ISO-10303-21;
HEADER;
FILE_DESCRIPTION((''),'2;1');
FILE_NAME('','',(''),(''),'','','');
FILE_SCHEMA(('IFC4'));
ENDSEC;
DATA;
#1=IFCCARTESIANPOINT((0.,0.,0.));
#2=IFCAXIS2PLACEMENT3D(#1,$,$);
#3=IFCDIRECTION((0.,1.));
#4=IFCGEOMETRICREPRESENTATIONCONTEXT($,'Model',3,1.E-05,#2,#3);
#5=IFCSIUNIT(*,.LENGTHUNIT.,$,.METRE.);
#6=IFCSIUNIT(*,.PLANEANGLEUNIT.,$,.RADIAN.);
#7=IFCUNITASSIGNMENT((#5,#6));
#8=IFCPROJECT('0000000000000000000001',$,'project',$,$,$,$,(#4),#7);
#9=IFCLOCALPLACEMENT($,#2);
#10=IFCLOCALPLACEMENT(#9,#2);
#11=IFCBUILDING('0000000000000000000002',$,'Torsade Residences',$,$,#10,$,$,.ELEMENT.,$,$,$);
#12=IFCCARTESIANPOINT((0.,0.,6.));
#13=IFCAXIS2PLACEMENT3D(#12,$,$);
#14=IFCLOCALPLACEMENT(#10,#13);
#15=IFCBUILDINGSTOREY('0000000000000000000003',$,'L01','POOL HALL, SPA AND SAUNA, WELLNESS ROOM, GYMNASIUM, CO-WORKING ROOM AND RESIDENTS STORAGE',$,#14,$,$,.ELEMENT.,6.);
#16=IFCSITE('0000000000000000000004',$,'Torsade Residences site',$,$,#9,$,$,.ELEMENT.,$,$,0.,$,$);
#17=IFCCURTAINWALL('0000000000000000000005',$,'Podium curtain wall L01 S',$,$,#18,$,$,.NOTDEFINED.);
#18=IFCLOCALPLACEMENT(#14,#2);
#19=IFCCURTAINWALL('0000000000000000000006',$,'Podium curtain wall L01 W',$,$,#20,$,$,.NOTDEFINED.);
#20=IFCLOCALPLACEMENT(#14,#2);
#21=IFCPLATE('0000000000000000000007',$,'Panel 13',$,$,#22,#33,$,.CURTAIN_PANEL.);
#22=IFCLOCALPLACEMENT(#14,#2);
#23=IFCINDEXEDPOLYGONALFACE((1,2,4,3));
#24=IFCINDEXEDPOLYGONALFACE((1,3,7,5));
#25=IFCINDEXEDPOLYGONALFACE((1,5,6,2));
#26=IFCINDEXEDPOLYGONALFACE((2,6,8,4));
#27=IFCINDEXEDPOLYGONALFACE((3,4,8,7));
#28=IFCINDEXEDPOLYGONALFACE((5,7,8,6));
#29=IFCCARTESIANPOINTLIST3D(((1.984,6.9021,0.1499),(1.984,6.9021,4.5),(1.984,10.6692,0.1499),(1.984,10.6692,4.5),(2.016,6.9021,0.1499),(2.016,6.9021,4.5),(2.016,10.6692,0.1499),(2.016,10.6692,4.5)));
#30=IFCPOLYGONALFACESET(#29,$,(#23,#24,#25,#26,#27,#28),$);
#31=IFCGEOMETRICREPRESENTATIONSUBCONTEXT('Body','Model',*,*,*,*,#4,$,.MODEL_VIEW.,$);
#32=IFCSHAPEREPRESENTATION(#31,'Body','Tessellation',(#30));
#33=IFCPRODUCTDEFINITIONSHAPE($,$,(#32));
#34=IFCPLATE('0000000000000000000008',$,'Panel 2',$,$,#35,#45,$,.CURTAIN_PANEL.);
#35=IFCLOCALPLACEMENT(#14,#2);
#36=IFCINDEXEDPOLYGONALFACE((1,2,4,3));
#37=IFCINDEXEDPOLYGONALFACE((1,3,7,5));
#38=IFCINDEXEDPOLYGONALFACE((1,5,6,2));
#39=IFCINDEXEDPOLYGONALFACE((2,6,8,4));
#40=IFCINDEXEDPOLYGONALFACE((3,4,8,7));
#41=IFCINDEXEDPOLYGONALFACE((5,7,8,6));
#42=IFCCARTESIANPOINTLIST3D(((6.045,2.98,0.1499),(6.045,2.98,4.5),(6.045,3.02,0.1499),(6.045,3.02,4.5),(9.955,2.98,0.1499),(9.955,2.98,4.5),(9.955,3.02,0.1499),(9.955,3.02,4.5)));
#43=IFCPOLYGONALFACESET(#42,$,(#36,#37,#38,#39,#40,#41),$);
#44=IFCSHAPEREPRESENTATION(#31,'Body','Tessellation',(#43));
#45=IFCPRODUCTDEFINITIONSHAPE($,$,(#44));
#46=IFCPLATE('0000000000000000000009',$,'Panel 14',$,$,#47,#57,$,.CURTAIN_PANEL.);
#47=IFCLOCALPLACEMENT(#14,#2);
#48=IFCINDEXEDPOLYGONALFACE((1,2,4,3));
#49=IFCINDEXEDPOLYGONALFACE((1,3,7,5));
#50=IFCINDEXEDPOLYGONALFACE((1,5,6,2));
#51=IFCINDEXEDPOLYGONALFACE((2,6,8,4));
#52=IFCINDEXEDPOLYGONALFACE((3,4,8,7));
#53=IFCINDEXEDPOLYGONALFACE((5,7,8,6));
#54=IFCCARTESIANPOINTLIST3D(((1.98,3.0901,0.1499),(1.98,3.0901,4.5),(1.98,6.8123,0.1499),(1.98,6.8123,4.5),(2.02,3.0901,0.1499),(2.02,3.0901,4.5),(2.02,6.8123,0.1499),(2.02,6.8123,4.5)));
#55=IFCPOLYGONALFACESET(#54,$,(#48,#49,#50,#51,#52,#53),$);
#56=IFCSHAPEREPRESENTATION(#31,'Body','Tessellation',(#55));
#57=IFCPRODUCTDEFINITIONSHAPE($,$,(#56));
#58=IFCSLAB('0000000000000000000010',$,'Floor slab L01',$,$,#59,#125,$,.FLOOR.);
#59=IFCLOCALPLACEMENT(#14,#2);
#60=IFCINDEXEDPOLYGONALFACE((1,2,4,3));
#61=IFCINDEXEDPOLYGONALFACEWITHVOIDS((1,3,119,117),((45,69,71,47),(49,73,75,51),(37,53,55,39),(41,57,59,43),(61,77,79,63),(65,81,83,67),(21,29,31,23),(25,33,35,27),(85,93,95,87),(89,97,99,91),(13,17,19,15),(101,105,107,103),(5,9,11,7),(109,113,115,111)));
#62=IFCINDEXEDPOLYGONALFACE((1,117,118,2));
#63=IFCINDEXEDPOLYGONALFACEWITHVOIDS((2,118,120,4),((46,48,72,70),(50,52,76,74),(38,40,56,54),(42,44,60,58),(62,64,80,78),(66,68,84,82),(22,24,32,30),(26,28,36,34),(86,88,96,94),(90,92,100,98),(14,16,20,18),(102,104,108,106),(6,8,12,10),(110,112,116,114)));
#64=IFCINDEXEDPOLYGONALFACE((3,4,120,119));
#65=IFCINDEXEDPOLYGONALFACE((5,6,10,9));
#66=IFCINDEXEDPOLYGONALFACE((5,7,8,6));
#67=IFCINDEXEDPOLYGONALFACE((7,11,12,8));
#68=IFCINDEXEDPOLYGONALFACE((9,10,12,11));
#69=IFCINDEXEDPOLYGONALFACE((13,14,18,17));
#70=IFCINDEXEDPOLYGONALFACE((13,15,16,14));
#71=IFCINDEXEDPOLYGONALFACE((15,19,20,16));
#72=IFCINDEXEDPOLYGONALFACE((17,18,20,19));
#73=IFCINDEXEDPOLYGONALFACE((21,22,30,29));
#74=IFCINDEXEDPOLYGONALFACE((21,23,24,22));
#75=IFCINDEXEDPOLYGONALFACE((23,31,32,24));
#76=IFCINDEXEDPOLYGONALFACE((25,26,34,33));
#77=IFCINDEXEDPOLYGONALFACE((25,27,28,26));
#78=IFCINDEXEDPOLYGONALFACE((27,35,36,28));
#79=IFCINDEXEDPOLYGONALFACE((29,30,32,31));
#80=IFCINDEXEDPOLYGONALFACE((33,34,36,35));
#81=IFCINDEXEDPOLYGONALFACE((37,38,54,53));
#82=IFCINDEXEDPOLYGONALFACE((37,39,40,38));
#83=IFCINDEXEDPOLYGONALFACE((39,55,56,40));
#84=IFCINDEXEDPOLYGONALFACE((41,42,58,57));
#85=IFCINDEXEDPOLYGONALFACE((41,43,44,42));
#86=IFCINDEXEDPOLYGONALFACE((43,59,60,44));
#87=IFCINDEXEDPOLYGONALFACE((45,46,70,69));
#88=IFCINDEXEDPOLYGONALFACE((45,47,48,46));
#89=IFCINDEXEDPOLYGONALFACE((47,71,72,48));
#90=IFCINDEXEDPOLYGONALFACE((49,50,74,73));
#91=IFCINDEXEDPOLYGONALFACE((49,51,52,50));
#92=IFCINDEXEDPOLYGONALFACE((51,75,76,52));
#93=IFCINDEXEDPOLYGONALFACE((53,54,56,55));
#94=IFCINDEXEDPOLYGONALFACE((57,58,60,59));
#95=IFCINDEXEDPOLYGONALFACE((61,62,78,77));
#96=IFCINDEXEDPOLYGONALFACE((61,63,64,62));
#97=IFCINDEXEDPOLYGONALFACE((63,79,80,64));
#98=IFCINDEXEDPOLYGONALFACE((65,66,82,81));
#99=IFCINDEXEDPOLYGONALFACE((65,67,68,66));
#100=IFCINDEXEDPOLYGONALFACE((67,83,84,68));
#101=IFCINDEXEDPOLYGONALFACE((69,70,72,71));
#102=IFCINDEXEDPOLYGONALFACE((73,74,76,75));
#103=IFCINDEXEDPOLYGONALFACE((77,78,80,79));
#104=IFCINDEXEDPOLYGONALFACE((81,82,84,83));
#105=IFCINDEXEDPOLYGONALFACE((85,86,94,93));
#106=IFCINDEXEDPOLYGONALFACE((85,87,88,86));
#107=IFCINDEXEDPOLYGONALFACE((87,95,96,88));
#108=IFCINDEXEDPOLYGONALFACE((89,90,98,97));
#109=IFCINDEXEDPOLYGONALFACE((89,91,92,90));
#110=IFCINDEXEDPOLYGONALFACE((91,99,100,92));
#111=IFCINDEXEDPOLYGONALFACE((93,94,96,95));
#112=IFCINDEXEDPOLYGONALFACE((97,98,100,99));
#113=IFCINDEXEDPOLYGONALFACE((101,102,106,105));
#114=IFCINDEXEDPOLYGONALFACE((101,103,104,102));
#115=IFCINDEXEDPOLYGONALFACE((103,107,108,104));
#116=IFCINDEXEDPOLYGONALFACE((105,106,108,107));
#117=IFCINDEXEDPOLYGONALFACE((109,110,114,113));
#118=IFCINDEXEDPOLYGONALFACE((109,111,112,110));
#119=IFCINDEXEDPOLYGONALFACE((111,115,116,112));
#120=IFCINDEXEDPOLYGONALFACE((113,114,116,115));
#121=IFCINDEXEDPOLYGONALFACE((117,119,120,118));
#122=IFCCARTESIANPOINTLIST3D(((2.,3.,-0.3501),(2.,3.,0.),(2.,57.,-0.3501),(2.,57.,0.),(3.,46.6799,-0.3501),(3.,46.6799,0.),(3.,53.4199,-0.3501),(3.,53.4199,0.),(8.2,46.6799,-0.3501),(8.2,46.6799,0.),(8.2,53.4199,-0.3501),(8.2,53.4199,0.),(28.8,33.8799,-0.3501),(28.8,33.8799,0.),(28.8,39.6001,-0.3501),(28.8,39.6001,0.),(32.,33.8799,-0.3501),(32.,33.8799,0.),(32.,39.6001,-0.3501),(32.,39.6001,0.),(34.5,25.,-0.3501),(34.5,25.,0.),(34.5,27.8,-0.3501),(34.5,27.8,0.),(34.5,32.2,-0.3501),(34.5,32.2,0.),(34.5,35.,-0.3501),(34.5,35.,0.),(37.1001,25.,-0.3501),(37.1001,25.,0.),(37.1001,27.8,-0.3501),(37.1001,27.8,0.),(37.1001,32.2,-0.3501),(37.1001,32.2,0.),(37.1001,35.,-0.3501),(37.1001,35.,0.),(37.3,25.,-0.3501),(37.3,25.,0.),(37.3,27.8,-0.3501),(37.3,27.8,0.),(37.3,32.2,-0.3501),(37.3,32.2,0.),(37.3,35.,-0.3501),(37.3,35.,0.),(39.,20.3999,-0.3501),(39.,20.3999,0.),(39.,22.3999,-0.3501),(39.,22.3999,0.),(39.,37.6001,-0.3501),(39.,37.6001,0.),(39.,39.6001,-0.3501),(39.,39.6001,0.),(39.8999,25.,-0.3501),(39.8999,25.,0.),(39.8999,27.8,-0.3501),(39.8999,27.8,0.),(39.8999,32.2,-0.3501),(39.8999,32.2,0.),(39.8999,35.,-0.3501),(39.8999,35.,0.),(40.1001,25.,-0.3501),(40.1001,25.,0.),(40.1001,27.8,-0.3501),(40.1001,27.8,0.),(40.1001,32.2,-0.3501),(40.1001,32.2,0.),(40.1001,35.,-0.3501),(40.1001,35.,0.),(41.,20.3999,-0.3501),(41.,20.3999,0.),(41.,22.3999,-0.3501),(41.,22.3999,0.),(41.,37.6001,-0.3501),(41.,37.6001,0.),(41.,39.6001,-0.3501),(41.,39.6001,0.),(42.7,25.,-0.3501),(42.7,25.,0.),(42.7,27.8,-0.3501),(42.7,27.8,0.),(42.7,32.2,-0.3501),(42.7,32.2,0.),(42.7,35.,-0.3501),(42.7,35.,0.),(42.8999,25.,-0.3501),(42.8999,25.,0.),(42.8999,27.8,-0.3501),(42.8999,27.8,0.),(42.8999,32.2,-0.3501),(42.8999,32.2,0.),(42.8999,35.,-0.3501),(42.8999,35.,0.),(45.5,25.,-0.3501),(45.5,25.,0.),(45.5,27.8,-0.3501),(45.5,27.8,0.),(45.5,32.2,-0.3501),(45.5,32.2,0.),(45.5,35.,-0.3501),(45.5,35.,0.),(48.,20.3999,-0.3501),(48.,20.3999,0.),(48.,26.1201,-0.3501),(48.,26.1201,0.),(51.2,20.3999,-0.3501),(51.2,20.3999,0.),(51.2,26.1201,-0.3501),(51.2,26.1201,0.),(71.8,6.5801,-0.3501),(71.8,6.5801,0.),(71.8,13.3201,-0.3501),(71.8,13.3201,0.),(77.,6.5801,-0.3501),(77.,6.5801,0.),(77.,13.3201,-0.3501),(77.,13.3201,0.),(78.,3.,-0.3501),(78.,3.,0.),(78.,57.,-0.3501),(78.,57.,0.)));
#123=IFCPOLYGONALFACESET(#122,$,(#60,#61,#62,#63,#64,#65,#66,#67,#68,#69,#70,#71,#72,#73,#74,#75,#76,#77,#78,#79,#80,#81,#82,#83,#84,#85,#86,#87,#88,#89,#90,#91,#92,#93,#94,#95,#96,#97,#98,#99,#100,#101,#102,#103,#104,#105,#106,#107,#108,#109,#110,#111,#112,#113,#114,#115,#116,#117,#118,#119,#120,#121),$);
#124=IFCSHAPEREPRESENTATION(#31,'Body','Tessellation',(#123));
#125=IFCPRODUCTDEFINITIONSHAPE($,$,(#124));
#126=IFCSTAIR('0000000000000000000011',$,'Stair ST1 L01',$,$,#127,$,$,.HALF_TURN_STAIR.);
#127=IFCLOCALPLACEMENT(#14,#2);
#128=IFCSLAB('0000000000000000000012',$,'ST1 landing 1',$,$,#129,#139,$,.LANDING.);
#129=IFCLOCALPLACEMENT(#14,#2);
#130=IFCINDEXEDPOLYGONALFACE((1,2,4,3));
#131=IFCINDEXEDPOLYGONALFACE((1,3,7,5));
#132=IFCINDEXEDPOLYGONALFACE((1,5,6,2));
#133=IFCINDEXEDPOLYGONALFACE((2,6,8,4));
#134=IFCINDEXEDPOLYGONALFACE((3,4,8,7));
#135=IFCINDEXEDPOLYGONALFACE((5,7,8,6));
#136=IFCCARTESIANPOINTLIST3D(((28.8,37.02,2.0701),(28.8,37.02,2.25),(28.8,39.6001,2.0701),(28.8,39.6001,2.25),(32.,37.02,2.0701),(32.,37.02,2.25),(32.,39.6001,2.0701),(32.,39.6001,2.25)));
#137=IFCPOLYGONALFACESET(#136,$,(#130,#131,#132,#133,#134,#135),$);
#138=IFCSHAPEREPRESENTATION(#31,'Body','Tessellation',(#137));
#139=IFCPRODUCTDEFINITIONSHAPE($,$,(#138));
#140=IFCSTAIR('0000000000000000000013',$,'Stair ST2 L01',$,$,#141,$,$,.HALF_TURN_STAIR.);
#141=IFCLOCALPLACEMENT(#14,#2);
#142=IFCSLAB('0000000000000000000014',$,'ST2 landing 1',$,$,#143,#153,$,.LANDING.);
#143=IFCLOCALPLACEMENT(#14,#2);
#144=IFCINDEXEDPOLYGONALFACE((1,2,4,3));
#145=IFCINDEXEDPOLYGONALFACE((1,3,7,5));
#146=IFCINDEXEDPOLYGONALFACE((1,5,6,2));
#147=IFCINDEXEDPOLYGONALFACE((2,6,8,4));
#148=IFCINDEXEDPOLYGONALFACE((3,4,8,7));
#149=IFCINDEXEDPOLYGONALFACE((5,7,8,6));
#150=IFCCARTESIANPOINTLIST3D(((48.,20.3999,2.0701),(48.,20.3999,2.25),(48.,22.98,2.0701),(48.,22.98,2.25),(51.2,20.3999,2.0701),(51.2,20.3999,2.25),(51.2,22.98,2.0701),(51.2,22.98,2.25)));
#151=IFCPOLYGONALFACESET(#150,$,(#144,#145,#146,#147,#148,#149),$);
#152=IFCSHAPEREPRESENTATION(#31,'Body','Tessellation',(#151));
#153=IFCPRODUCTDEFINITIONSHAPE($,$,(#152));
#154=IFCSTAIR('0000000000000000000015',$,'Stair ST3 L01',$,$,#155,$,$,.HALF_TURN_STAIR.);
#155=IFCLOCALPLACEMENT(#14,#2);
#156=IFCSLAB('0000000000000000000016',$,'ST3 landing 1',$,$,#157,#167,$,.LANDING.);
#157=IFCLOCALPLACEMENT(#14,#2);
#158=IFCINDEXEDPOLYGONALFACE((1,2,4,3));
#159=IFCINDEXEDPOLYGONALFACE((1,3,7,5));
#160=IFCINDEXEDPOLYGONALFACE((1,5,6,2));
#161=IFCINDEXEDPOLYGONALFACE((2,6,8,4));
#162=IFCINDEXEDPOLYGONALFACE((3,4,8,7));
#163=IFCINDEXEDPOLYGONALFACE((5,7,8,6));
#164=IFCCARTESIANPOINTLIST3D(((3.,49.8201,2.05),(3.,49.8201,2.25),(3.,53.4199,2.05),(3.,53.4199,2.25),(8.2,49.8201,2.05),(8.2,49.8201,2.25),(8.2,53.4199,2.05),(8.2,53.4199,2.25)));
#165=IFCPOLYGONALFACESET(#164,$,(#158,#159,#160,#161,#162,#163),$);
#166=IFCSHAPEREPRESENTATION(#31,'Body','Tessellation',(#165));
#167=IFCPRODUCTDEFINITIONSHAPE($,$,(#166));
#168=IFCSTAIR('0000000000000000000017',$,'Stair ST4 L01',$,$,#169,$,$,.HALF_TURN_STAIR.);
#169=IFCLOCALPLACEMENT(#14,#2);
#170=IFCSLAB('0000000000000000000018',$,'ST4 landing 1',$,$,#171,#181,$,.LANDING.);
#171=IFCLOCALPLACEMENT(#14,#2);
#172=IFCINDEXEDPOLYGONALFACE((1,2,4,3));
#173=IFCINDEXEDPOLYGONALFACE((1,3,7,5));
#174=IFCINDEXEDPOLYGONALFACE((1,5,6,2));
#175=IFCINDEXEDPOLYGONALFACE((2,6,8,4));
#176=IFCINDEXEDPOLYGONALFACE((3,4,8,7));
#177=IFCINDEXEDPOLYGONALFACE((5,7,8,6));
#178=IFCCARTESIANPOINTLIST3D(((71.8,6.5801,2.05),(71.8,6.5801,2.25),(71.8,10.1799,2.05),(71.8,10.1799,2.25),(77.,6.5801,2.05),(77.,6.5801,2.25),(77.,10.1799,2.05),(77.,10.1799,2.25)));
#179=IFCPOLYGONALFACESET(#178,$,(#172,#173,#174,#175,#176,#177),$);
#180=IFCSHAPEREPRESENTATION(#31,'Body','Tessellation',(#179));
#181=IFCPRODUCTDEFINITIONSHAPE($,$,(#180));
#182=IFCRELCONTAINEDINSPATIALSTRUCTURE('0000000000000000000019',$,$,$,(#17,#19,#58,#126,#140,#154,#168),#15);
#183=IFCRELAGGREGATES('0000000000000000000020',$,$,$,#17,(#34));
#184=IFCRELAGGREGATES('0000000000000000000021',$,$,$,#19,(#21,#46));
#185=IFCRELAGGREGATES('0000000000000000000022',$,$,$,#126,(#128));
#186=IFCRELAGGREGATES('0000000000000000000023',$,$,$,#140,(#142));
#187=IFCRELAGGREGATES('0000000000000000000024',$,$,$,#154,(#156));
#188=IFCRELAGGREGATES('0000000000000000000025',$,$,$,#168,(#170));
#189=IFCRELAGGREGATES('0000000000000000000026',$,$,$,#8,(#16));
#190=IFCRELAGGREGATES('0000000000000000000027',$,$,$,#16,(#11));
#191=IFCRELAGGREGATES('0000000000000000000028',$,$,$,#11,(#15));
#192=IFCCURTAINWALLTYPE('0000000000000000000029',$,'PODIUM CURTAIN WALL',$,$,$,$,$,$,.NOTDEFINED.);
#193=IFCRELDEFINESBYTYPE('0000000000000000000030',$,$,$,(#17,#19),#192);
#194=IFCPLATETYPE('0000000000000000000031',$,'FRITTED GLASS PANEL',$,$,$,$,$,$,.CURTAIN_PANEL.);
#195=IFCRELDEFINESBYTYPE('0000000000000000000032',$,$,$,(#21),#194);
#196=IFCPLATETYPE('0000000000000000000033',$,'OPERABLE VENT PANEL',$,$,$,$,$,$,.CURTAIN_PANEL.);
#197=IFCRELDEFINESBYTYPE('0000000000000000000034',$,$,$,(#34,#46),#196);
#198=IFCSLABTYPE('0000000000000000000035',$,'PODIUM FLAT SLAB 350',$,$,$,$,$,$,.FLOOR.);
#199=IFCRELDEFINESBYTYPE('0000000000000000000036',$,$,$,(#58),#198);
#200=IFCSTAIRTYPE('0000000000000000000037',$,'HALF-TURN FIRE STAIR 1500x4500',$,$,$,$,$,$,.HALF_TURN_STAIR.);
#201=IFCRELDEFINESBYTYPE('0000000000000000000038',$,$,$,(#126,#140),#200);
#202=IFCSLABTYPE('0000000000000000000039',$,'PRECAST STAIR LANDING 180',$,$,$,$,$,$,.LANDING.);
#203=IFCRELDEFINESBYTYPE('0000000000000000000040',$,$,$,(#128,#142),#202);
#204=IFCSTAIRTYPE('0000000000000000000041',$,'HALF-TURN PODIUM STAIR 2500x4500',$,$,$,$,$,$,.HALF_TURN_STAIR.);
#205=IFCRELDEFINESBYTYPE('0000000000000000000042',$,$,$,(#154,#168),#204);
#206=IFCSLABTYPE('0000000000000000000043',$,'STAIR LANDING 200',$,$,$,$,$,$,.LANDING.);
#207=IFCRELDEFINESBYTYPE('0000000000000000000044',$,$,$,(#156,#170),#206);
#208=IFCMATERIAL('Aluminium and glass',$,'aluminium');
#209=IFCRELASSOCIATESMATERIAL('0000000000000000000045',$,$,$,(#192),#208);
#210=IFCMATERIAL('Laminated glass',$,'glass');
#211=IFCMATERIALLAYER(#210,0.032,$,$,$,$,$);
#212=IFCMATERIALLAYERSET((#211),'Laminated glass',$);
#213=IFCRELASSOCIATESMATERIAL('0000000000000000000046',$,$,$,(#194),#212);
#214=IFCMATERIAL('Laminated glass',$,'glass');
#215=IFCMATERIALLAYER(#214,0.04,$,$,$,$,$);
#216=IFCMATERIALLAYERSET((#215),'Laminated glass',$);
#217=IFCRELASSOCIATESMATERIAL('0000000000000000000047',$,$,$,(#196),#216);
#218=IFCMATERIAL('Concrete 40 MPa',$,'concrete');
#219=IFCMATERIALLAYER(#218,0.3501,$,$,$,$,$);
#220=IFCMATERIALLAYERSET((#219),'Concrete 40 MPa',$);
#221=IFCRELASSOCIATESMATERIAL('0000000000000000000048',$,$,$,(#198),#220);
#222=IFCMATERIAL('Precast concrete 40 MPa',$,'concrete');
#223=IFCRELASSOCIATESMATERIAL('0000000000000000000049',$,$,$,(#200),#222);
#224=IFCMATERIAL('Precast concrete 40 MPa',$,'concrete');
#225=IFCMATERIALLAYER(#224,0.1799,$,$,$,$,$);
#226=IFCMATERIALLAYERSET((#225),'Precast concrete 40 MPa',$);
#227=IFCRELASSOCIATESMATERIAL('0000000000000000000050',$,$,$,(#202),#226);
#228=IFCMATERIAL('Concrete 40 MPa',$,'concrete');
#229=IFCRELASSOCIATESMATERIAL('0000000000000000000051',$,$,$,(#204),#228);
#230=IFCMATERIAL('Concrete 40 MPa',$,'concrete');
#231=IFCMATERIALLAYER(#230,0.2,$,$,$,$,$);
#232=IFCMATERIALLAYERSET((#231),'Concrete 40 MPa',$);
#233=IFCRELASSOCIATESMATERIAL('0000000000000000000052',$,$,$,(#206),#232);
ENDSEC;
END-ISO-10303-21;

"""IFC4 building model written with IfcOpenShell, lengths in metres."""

from ifc_helpers import new_model, si_unit, direction, frame, origin, origin_2d, place, context, subcontext, project, spatial, polyline, rectangle, outline, extrude, material, layer, layer_set, type_object, element, aggregate, save


model = new_model("IFC4")

# Units and contexts
model_context = context("Model", 3, precision=1e-05, world=origin(), true_north=direction((0.0, 1.0)))
body_context = subcontext(model_context, "Body", "Model", "MODEL_VIEW")
ifc_project = project(units=[si_unit("LENGTHUNIT", "METRE"), si_unit("PLANEANGLEUNIT", "RADIAN")], contexts=[model_context])

# Site, building, storey
site_placement = place(None, origin())
site = spatial("IfcSite", under=ifc_project, at=site_placement, Name="Torsade Residences site", CompositionType="ELEMENT", RefElevation=0.0)
building_placement = place(site_placement, origin())
building = spatial("IfcBuilding", under=site, at=building_placement, Name="Torsade Residences", CompositionType="ELEMENT")
storey_placement = place(building_placement, frame((0.0, 0.0, 6.0)))
storey = spatial("IfcBuildingStorey", under=building, at=storey_placement, Name="L01", Description="POOL HALL, SPA AND SAUNA, WELLNESS ROOM, GYMNASIUM, CO-WORKING ROOM AND RESIDENTS STORAGE", CompositionType="ELEMENT", Elevation=6.0)

# Curtain walls
ifc_material_1 = material(Name="Aluminium and glass", Category="aluminium")
curtain_wall_type = type_object("IfcCurtainWallType", Name="PODIUM CURTAIN WALL", PredefinedType="NOTDEFINED", material=ifc_material_1)
curtain_wall_1_placement = place(storey_placement, origin())
curtain_wall_1 = element("IfcCurtainWall", 1, at=curtain_wall_1_placement, inside=storey, type_object=curtain_wall_type, Name="Podium curtain wall L01 S", PredefinedType="NOTDEFINED")
curtain_wall_2_placement = place(storey_placement, origin())
curtain_wall_2 = element("IfcCurtainWall", 2, at=curtain_wall_2_placement, inside=storey, type_object=curtain_wall_type, Name="Podium curtain wall L01 W", PredefinedType="NOTDEFINED")

# Plates
ifc_material_2 = material(Name="Laminated glass", Category="glass")
ifc_layer_1 = layer(ifc_material_2, 0.032)
ifc_layer_set_1 = layer_set([ifc_layer_1], Name="Laminated glass")
plate_type_1 = type_object("IfcPlateType", Name="FRITTED GLASS PANEL", PredefinedType="CURTAIN_PANEL", material=ifc_layer_set_1)
plate_1_placement = place(storey_placement, frame((2.0, 8.7856, 0.1499), z_axis=(0.0, 0.0, 1.0), x_axis=(0.0, -1.0, 0.0)))
plate_1 = element("IfcPlate", 3, at=plate_1_placement, type_object=plate_type_1, Name="Panel 13", PredefinedType="CURTAIN_PANEL", context=body_context, shape_type="SweptSolid", body=[
    extrude(rectangle(XDim=3.7671, YDim=0.032, at=origin_2d()), origin(), (0.0, 0.0, 1.0), 4.3501),
])
ifc_material_3 = material(Name="Laminated glass", Category="glass")
ifc_layer_2 = layer(ifc_material_3, 0.04)
ifc_layer_set_2 = layer_set([ifc_layer_2], Name="Laminated glass")
plate_type_2 = type_object("IfcPlateType", Name="OPERABLE VENT PANEL", PredefinedType="CURTAIN_PANEL", material=ifc_layer_set_2)
plate_2_placement = place(storey_placement, frame((8.0, 3.0, 0.1499), z_axis=(0.0, 0.0, 1.0), x_axis=(1.0, 0.0, 0.0)))
plate_2 = element("IfcPlate", 4, at=plate_2_placement, type_object=plate_type_2, Name="Panel 2", PredefinedType="CURTAIN_PANEL", context=body_context, shape_type="SweptSolid", body=[
    extrude(rectangle(XDim=3.9099, YDim=0.04, at=origin_2d()), origin(), (0.0, 0.0, 1.0), 4.3501),
])
aggregate(curtain_wall_1, [plate_2])
plate_3_placement = place(storey_placement, frame((2.0, 4.9512, 0.1499), z_axis=(0.0, 0.0, 1.0), x_axis=(0.0, -1.0, 0.0)))
plate_3 = element("IfcPlate", 5, at=plate_3_placement, type_object=plate_type_2, Name="Panel 14", PredefinedType="CURTAIN_PANEL", context=body_context, shape_type="SweptSolid", body=[
    extrude(rectangle(XDim=3.7222, YDim=0.04, at=origin_2d()), origin(), (0.0, 0.0, 1.0), 4.3501),
])
aggregate(curtain_wall_2, [plate_1, plate_3])

# Slab
ifc_material_4 = material(Name="Concrete 40 MPa", Category="concrete")
ifc_layer_3 = layer(ifc_material_4, 0.3501)
ifc_layer_set_3 = layer_set([ifc_layer_3], Name="Concrete 40 MPa")
slab_type_1 = type_object("IfcSlabType", Name="PODIUM FLAT SLAB 350", PredefinedType="FLOOR", material=ifc_layer_set_3)
slab_1_placement = place(storey_placement, frame((0.0, 0.0, -0.3501)))
element("IfcSlab", 6, at=slab_1_placement, inside=storey, type_object=slab_type_1, Name="Floor slab L01", PredefinedType="FLOOR", context=body_context, shape_type="SweptSolid", body=[
    extrude(outline(polyline([(78.0, 3.0), (78.0, 57.0), (2.0, 57.0), (2.0, 3.0), (78.0, 3.0)]), holes=[polyline([(28.8, 33.8799), (32.0, 33.8799), (32.0, 39.6001), (28.8, 39.6001), (28.8, 33.8799)]), polyline([(48.0, 20.3999), (51.2, 20.3999), (51.2, 26.1201), (48.0, 26.1201), (48.0, 20.3999)]), polyline([(3.0, 46.6799), (8.2, 46.6799), (8.2, 53.4199), (3.0, 53.4199), (3.0, 46.6799)]), polyline([(71.8, 6.5801), (77.0, 6.5801), (77.0, 13.3201), (71.8, 13.3201), (71.8, 6.5801)]), polyline([(34.5, 32.2), (37.1001, 32.2), (37.1001, 35.0), (34.5, 35.0), (34.5, 32.2)]), polyline([(42.8999, 25.0), (45.5, 25.0), (45.5, 27.8), (42.8999, 27.8), (42.8999, 25.0)]), polyline([(37.3, 32.2), (39.8999, 32.2), (39.8999, 35.0), (37.3, 35.0), (37.3, 32.2)]), polyline([(40.1001, 25.0), (42.7, 25.0), (42.7, 27.8), (40.1001, 27.8), (40.1001, 25.0)]), polyline([(40.1001, 32.2), (42.7, 32.2), (42.7, 35.0), (40.1001, 35.0), (40.1001, 32.2)]), polyline([(37.3, 25.0), (39.8999, 25.0), (39.8999, 27.8), (37.3, 27.8), (37.3, 25.0)]), polyline([(42.8999, 32.2), (45.5, 32.2), (45.5, 35.0), (42.8999, 35.0), (42.8999, 32.2)]), polyline([(34.5, 25.0), (37.1001, 25.0), (37.1001, 27.8), (34.5, 27.8), (34.5, 25.0)]), polyline([(39.0, 37.6001), (41.0, 37.6001), (41.0, 39.6001), (39.0, 39.6001), (39.0, 37.6001)]), polyline([(39.0, 20.3999), (41.0, 20.3999), (41.0, 22.3999), (39.0, 22.3999), (39.0, 20.3999)])]), origin(), (0.0, 0.0, 1.0), 0.3501),
])

# Stairs, slabs
ifc_material_5 = material(Name="Precast concrete 40 MPa", Category="concrete")
stair_type_1 = type_object("IfcStairType", Name="HALF-TURN FIRE STAIR 1500x4500", PredefinedType="HALF_TURN_STAIR", material=ifc_material_5)
stair_1_placement = place(storey_placement, origin())
stair_1 = element("IfcStair", 7, at=stair_1_placement, inside=storey, type_object=stair_type_1, Name="Stair ST1 L01", PredefinedType="HALF_TURN_STAIR")
ifc_material_6 = material(Name="Precast concrete 40 MPa", Category="concrete")
ifc_layer_4 = layer(ifc_material_6, 0.1799)
ifc_layer_set_4 = layer_set([ifc_layer_4], Name="Precast concrete 40 MPa")
slab_type_2 = type_object("IfcSlabType", Name="PRECAST STAIR LANDING 180", PredefinedType="LANDING", material=ifc_layer_set_4)
slab_2_placement = place(storey_placement, frame((0.0, 0.0, 2.0701)))
slab_2 = element("IfcSlab", 8, at=slab_2_placement, type_object=slab_type_2, Name="ST1 landing 1", PredefinedType="LANDING", context=body_context, shape_type="SweptSolid", body=[
    extrude(outline(polyline([(28.8, 37.02), (32.0, 37.02), (32.0, 39.6001), (28.8, 39.6001), (28.8, 37.02)])), origin(), (0.0, 0.0, 1.0), 0.1799),
])
aggregate(stair_1, [slab_2])
stair_2_placement = place(storey_placement, origin())
stair_2 = element("IfcStair", 9, at=stair_2_placement, inside=storey, type_object=stair_type_1, Name="Stair ST2 L01", PredefinedType="HALF_TURN_STAIR")
slab_3_placement = place(storey_placement, frame((0.0, 0.0, 2.0701)))
slab_3 = element("IfcSlab", 10, at=slab_3_placement, type_object=slab_type_2, Name="ST2 landing 1", PredefinedType="LANDING", context=body_context, shape_type="SweptSolid", body=[
    extrude(outline(polyline([(48.0, 20.3999), (51.2, 20.3999), (51.2, 22.98), (48.0, 22.98), (48.0, 20.3999)])), origin(), (0.0, 0.0, 1.0), 0.1799),
])
aggregate(stair_2, [slab_3])
ifc_material_7 = material(Name="Concrete 40 MPa", Category="concrete")
stair_type_2 = type_object("IfcStairType", Name="HALF-TURN PODIUM STAIR 2500x4500", PredefinedType="HALF_TURN_STAIR", material=ifc_material_7)
stair_3_placement = place(storey_placement, origin())
stair_3 = element("IfcStair", 11, at=stair_3_placement, inside=storey, type_object=stair_type_2, Name="Stair ST3 L01", PredefinedType="HALF_TURN_STAIR")
ifc_material_8 = material(Name="Concrete 40 MPa", Category="concrete")
ifc_layer_5 = layer(ifc_material_8, 0.2)
ifc_layer_set_5 = layer_set([ifc_layer_5], Name="Concrete 40 MPa")
slab_type_3 = type_object("IfcSlabType", Name="STAIR LANDING 200", PredefinedType="LANDING", material=ifc_layer_set_5)
slab_4_placement = place(storey_placement, frame((0.0, 0.0, 2.05)))
slab_4 = element("IfcSlab", 12, at=slab_4_placement, type_object=slab_type_3, Name="ST3 landing 1", PredefinedType="LANDING", context=body_context, shape_type="SweptSolid", body=[
    extrude(outline(polyline([(3.0, 49.8201), (8.2, 49.8201), (8.2, 53.4199), (3.0, 53.4199), (3.0, 49.8201)])), origin(), (0.0, 0.0, 1.0), 0.2),
])
aggregate(stair_3, [slab_4])
stair_4_placement = place(storey_placement, origin())
stair_4 = element("IfcStair", 13, at=stair_4_placement, inside=storey, type_object=stair_type_2, Name="Stair ST4 L01", PredefinedType="HALF_TURN_STAIR")
slab_5_placement = place(storey_placement, frame((0.0, 0.0, 2.05)))
slab_5 = element("IfcSlab", 14, at=slab_5_placement, type_object=slab_type_3, Name="ST4 landing 1", PredefinedType="LANDING", context=body_context, shape_type="SweptSolid", body=[
    extrude(outline(polyline([(71.8, 6.5801), (77.0, 6.5801), (77.0, 10.1799), (71.8, 10.1799), (71.8, 6.5801)])), origin(), (0.0, 0.0, 1.0), 0.2),
])
aggregate(stair_4, [slab_5])

save(model, "model.ifc")
